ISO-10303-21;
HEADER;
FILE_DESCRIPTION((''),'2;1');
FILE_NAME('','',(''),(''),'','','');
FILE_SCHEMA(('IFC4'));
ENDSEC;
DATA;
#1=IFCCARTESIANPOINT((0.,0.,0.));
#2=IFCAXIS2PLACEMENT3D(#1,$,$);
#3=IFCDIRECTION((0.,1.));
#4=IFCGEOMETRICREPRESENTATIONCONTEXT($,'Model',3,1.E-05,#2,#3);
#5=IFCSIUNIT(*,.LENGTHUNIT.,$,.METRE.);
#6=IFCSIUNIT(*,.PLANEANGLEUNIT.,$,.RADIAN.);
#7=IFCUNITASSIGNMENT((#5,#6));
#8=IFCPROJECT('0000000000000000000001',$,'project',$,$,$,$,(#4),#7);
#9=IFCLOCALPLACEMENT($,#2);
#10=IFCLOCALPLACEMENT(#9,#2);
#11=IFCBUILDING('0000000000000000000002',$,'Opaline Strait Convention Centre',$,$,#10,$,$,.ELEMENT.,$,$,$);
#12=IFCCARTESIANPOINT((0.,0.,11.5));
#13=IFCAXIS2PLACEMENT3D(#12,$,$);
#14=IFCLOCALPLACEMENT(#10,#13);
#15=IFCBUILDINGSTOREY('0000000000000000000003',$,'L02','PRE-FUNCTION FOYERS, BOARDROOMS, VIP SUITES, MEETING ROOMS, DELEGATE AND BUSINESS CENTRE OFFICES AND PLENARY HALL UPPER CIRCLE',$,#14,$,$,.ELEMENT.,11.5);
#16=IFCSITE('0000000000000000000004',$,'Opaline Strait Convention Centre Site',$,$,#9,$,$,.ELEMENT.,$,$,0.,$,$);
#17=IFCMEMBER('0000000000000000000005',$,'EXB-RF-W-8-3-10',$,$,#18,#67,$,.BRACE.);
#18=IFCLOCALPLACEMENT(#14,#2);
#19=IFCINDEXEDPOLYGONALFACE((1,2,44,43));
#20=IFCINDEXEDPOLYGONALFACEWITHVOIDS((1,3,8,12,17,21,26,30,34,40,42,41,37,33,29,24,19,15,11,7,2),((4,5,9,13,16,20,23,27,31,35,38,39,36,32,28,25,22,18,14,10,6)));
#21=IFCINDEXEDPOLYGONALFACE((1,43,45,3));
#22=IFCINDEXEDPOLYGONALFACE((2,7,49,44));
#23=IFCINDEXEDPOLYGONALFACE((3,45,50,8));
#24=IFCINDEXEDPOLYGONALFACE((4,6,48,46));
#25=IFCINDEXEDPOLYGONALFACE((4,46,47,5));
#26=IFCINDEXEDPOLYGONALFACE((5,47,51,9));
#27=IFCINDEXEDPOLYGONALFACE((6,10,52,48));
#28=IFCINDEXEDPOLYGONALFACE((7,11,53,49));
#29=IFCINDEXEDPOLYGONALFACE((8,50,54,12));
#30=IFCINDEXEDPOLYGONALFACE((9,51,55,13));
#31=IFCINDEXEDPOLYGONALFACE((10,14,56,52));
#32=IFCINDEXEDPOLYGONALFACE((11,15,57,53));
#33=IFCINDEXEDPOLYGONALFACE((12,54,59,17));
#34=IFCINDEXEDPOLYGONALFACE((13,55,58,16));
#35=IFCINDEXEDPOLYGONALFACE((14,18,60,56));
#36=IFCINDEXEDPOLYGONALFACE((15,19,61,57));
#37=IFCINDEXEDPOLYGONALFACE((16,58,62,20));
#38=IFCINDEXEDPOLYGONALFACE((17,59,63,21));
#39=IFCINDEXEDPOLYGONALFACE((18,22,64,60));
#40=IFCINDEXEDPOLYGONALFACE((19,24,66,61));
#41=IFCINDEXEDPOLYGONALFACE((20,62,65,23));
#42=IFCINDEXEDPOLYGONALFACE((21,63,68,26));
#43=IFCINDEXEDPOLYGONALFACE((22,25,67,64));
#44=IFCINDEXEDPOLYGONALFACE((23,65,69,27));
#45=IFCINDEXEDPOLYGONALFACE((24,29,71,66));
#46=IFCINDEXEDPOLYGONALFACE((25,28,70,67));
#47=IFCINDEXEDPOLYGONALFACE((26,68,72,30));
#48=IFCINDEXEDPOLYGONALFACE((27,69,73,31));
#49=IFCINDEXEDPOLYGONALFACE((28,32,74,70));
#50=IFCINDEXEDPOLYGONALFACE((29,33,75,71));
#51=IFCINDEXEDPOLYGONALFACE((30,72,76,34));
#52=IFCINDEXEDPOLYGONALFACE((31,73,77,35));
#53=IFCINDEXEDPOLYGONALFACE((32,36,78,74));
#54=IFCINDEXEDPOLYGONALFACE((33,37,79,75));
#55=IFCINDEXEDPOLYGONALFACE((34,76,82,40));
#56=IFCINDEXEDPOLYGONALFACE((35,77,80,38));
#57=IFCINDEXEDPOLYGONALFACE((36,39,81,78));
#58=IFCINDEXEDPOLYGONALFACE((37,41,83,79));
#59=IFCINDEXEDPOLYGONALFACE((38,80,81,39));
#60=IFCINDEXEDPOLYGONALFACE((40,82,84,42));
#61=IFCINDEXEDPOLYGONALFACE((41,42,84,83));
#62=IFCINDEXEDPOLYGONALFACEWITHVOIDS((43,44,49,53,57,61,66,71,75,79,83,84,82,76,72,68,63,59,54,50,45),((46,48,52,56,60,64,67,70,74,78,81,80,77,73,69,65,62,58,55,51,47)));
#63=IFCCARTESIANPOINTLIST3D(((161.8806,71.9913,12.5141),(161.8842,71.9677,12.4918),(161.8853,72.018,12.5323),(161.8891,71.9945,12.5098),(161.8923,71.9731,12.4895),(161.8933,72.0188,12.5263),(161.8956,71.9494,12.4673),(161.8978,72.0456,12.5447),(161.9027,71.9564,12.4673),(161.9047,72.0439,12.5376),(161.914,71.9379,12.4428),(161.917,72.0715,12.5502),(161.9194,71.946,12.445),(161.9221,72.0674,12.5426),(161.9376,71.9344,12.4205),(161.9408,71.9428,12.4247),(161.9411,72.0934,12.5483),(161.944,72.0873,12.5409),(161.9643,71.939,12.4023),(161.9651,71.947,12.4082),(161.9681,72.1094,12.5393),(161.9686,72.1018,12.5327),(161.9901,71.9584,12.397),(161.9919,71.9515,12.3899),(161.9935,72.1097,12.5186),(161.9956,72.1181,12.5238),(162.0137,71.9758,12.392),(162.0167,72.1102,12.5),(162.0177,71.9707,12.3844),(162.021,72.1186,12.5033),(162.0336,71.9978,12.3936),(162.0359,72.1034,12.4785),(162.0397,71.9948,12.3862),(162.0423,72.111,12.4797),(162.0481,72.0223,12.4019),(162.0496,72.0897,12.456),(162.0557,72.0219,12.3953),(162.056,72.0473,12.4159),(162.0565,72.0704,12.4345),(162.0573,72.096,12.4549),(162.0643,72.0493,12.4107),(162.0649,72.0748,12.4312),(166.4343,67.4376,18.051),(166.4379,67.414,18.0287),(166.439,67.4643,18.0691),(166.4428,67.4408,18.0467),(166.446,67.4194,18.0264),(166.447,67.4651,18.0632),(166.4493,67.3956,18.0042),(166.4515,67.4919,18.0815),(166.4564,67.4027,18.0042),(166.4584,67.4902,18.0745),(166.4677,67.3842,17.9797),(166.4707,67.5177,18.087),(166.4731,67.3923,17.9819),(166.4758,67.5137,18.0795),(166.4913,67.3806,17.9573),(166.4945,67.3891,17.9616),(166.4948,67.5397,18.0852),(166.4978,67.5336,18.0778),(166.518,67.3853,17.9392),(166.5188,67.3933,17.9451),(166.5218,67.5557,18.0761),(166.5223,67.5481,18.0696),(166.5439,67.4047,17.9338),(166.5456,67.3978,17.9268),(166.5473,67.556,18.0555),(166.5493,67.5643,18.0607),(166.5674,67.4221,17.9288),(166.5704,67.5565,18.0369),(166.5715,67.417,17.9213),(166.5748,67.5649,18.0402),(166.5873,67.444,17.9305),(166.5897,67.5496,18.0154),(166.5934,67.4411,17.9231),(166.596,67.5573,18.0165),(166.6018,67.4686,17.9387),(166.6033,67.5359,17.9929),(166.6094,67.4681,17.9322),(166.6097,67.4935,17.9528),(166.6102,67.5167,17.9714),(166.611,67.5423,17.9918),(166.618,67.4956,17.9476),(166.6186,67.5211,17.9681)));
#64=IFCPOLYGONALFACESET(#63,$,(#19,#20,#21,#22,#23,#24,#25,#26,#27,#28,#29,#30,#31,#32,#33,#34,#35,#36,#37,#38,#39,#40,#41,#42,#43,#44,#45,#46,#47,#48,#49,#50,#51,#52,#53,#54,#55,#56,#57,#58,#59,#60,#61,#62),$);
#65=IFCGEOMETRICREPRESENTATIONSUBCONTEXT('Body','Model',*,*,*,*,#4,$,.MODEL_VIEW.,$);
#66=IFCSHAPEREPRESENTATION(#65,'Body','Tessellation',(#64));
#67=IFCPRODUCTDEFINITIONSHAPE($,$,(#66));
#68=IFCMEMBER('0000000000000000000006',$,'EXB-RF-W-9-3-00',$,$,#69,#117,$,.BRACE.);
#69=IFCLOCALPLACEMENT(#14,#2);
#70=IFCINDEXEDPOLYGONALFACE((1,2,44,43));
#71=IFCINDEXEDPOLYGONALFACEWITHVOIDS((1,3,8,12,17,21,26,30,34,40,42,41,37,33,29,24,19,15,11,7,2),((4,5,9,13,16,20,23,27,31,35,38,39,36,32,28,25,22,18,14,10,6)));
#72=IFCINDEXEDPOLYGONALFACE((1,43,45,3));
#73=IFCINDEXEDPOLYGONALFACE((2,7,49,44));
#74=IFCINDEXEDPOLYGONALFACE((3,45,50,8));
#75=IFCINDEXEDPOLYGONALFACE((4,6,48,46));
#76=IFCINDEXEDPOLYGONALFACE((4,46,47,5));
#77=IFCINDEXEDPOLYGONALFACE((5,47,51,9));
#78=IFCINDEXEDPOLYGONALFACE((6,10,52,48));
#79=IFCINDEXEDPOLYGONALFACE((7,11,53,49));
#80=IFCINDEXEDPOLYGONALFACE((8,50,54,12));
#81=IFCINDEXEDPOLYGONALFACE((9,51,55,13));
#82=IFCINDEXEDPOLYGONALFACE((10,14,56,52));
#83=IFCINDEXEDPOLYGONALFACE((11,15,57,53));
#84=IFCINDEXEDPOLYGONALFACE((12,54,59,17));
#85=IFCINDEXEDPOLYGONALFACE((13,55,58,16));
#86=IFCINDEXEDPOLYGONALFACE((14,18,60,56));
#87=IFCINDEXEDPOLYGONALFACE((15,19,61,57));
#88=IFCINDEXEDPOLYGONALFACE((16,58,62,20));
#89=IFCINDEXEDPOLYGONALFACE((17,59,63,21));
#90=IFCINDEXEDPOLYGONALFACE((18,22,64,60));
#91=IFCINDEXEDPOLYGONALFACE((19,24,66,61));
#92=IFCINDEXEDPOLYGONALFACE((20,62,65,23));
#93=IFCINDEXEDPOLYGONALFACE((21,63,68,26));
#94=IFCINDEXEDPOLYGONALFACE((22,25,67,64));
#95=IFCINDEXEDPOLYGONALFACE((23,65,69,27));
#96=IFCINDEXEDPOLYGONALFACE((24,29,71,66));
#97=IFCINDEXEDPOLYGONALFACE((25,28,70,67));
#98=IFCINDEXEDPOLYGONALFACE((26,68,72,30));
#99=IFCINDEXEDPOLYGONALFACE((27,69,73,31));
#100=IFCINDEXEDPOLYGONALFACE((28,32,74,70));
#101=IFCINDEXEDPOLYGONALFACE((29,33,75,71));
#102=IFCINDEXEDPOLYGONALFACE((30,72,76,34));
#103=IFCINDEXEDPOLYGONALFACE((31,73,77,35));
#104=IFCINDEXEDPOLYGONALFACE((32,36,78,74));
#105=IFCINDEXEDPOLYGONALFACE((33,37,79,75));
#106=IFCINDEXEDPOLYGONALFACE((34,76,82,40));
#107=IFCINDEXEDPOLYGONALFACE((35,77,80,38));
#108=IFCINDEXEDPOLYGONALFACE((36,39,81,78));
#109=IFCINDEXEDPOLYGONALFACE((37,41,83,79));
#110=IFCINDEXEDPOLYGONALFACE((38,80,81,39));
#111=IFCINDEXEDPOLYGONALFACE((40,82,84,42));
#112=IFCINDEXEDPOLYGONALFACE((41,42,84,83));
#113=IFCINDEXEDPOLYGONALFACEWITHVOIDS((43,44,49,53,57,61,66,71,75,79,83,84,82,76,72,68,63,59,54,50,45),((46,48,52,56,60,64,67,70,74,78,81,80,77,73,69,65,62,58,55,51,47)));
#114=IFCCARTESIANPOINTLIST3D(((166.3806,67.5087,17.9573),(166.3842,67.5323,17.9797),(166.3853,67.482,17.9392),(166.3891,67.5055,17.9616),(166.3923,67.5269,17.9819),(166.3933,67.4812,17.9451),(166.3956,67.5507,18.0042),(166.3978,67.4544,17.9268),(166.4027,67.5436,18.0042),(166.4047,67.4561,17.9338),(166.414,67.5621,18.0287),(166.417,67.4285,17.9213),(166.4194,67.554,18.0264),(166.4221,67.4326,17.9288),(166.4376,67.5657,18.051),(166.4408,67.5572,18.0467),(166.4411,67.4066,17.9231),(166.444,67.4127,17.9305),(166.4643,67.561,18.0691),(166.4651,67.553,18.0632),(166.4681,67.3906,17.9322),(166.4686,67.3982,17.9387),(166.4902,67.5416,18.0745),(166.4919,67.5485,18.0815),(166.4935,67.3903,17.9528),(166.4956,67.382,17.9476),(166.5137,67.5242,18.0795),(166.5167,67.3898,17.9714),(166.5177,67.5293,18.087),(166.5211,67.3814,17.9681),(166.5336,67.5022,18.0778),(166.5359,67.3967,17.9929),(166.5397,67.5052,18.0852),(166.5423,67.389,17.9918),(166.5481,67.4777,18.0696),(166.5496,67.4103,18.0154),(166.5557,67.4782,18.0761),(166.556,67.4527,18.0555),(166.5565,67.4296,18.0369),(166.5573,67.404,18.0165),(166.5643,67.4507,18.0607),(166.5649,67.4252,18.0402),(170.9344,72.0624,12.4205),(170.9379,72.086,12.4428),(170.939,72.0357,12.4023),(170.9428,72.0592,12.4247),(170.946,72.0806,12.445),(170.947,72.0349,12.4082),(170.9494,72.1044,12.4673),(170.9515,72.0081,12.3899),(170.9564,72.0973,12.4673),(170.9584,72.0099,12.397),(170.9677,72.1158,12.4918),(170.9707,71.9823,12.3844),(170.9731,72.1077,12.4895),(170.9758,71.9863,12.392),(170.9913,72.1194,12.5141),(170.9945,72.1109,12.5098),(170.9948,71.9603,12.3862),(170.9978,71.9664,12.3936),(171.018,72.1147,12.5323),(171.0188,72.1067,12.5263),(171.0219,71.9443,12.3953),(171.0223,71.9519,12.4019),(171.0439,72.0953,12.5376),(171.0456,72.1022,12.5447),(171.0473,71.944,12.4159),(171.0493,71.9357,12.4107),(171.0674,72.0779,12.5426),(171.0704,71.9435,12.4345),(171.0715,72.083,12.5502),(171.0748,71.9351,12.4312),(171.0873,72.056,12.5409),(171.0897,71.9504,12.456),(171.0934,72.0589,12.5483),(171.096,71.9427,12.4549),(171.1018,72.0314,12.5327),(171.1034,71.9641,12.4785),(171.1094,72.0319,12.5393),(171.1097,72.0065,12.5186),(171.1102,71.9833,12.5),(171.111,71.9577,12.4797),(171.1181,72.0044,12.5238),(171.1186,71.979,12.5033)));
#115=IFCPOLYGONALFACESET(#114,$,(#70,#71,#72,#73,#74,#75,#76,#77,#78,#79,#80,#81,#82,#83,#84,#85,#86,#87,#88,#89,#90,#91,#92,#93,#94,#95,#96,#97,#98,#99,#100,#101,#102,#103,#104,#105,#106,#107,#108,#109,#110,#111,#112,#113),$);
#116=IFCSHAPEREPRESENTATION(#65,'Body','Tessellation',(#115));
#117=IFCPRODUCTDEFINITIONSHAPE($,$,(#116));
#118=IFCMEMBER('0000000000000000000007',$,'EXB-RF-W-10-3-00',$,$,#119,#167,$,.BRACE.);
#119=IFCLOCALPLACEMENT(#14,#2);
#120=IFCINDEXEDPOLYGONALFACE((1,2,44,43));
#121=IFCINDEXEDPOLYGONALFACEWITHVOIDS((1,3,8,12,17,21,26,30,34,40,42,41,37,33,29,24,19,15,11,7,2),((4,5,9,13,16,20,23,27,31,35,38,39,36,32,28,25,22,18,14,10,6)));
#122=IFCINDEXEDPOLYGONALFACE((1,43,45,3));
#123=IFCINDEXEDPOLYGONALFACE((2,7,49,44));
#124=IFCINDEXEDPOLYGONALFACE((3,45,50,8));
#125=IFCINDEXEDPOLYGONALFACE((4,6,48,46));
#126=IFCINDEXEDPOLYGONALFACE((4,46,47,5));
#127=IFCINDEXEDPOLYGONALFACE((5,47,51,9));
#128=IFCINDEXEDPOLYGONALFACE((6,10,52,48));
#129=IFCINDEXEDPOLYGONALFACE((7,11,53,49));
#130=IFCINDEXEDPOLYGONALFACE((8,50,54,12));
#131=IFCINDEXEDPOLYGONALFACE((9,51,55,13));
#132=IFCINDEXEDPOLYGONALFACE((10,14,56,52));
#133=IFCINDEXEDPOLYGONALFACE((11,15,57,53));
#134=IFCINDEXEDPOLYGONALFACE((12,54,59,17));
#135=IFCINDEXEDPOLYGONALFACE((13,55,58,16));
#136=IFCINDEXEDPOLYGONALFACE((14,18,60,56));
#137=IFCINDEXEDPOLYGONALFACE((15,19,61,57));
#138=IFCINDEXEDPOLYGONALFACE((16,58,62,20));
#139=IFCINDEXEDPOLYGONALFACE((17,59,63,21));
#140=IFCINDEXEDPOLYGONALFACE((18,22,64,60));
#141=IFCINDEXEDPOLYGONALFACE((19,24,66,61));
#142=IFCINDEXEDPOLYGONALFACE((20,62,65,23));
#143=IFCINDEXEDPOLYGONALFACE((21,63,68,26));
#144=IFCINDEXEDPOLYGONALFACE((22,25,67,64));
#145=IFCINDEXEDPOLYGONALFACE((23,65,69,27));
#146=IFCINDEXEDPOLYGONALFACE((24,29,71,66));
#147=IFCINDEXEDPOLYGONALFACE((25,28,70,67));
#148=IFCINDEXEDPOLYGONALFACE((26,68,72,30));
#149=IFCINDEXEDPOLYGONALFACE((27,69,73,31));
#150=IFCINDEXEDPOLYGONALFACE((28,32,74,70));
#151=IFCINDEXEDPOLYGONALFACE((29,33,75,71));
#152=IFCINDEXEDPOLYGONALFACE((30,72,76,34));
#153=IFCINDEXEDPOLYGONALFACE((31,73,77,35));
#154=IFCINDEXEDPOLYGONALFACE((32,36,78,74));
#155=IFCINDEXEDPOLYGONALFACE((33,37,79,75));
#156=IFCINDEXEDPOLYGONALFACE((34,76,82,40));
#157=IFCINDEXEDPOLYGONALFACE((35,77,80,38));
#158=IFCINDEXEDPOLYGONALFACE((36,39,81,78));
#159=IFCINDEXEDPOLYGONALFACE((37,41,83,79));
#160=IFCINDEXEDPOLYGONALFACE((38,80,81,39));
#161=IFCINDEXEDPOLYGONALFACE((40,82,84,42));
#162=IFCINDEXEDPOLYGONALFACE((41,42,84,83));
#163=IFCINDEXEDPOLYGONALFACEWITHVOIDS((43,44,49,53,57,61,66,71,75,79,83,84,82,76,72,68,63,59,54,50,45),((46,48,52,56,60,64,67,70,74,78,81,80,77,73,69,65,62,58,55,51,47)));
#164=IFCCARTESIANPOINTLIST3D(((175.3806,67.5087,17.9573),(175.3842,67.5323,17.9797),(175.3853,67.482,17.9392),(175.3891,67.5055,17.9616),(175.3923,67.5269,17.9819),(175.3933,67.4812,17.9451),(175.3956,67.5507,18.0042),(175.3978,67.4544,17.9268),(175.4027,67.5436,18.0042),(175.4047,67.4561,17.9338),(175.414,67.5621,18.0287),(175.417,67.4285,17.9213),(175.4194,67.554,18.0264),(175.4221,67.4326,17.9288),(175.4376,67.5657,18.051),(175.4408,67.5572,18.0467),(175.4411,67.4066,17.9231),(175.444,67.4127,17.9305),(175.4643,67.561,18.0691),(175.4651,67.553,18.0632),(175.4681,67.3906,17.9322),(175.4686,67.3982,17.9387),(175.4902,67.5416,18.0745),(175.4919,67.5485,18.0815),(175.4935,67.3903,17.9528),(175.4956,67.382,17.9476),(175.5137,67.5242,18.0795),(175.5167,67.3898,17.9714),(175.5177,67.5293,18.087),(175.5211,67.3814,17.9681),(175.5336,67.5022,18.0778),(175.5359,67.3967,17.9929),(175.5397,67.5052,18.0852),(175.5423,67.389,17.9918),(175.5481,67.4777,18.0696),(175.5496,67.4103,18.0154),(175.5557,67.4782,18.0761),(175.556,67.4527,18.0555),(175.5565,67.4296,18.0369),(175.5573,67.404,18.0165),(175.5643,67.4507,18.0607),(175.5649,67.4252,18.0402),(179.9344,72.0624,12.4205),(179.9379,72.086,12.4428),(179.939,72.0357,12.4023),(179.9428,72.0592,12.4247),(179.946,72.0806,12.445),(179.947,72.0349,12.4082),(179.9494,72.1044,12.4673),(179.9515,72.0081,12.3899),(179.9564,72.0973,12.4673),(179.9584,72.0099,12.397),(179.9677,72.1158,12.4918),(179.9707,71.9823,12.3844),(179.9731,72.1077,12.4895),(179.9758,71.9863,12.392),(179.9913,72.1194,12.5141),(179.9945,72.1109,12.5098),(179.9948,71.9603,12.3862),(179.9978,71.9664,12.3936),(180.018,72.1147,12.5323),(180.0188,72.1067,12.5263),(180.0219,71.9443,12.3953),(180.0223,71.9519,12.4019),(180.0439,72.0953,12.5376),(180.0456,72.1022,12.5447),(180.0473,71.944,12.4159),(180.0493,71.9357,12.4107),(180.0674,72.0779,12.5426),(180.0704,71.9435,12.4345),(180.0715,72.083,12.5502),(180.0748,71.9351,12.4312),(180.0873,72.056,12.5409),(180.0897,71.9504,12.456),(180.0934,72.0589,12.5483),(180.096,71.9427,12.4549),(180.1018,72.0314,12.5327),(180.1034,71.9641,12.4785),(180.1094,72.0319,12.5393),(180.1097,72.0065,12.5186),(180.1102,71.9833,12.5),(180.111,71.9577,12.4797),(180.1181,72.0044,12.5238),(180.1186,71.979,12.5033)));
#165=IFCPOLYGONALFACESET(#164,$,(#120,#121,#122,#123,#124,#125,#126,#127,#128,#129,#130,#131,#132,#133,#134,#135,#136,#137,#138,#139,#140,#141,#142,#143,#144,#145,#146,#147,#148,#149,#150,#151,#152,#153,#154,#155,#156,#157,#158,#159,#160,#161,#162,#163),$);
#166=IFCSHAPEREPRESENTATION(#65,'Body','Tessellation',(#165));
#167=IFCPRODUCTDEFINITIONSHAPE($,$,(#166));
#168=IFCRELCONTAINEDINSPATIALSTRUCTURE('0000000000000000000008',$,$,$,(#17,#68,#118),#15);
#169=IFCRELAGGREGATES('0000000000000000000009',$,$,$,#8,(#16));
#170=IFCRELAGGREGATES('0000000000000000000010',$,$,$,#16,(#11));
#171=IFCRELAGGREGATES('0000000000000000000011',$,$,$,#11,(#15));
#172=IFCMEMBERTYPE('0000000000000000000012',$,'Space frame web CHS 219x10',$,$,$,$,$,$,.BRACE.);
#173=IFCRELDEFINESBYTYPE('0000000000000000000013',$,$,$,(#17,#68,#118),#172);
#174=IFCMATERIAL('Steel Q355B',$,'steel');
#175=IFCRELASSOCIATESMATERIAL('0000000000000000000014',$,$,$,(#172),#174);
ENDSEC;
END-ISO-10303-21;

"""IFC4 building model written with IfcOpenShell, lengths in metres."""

from ifc_helpers import new_model, si_unit, direction, frame, origin, origin_2d, place, context, subcontext, project, spatial, hollow_circle, extrude, material, material_profile, profile_set, type_object, element, save


model = new_model("IFC4")

# Units and contexts
model_context = context("Model", 3, precision=1e-05, world=origin(), true_north=direction((0.0, 1.0)))
body_context = subcontext(model_context, "Body", "Model", "MODEL_VIEW")
ifc_project = project(units=[si_unit("LENGTHUNIT", "METRE"), si_unit("PLANEANGLEUNIT", "RADIAN")], contexts=[model_context])

# Site, building, storey
site_placement = place(None, origin())
site = spatial("IfcSite", under=ifc_project, at=site_placement, Name="Opaline Strait Convention Centre Site", CompositionType="ELEMENT", RefElevation=0.0)
building_placement = place(site_placement, origin())
building = spatial("IfcBuilding", under=site, at=building_placement, Name="Opaline Strait Convention Centre", CompositionType="ELEMENT")
storey_placement = place(building_placement, frame((0.0, 0.0, 11.5)))
storey = spatial("IfcBuildingStorey", under=building, at=storey_placement, Name="L02", Description="PRE-FUNCTION FOYERS, BOARDROOMS, VIP SUITES, MEETING ROOMS, DELEGATE AND BUSINESS CENTRE OFFICES AND PLENARY HALL UPPER CIRCLE", CompositionType="ELEMENT", Elevation=11.5)

# Members
ifc_material = material(Name="Steel Q355B", Category="steel")
ifc_material_profile_1 = material_profile(ifc_material, hollow_circle(Radius=0.1096, WallThickness=0.01, at=origin_2d()), Name="CHS 219x10")
ifc_profile_set_1 = profile_set([ifc_material_profile_1], Name="Steel Q355B")
member_type_1 = type_object("IfcMemberType", Name="Space frame web CHS 219x10", PredefinedType="BRACE", material=ifc_profile_set_1)
for number, where, z_axis, x_axis, name in (
    (1, (166.5269, 67.4731, 18.0042), (-0.536178, 0.536178, -0.65194), (-0.707107, -0.707107, 0.0), "EXB-RF-W-8-3-10"),
    (2, (166.4731, 67.4731, 18.0042), (0.536178, 0.536178, -0.65194), (-0.707107, 0.707107, 0.0), "EXB-RF-W-9-3-00"),
    (3, (175.4731, 67.4731, 18.0042), (0.536178, 0.536178, -0.65194), (-0.707107, 0.707107, 0.0), "EXB-RF-W-10-3-00"),
):
    element("IfcMember", number, at=place(storey_placement, frame(where, z_axis=z_axis, x_axis=x_axis)), inside=storey, type_object=member_type_1, Name=name, PredefinedType="BRACE", context=body_context, shape_type="SweptSolid", body=[
        extrude(hollow_circle(Radius=0.1096, WallThickness=0.01, at=origin_2d()), origin(), (0.0, 0.0, 1.0), 8.4929),
    ])

save(model, "model.ifc")
